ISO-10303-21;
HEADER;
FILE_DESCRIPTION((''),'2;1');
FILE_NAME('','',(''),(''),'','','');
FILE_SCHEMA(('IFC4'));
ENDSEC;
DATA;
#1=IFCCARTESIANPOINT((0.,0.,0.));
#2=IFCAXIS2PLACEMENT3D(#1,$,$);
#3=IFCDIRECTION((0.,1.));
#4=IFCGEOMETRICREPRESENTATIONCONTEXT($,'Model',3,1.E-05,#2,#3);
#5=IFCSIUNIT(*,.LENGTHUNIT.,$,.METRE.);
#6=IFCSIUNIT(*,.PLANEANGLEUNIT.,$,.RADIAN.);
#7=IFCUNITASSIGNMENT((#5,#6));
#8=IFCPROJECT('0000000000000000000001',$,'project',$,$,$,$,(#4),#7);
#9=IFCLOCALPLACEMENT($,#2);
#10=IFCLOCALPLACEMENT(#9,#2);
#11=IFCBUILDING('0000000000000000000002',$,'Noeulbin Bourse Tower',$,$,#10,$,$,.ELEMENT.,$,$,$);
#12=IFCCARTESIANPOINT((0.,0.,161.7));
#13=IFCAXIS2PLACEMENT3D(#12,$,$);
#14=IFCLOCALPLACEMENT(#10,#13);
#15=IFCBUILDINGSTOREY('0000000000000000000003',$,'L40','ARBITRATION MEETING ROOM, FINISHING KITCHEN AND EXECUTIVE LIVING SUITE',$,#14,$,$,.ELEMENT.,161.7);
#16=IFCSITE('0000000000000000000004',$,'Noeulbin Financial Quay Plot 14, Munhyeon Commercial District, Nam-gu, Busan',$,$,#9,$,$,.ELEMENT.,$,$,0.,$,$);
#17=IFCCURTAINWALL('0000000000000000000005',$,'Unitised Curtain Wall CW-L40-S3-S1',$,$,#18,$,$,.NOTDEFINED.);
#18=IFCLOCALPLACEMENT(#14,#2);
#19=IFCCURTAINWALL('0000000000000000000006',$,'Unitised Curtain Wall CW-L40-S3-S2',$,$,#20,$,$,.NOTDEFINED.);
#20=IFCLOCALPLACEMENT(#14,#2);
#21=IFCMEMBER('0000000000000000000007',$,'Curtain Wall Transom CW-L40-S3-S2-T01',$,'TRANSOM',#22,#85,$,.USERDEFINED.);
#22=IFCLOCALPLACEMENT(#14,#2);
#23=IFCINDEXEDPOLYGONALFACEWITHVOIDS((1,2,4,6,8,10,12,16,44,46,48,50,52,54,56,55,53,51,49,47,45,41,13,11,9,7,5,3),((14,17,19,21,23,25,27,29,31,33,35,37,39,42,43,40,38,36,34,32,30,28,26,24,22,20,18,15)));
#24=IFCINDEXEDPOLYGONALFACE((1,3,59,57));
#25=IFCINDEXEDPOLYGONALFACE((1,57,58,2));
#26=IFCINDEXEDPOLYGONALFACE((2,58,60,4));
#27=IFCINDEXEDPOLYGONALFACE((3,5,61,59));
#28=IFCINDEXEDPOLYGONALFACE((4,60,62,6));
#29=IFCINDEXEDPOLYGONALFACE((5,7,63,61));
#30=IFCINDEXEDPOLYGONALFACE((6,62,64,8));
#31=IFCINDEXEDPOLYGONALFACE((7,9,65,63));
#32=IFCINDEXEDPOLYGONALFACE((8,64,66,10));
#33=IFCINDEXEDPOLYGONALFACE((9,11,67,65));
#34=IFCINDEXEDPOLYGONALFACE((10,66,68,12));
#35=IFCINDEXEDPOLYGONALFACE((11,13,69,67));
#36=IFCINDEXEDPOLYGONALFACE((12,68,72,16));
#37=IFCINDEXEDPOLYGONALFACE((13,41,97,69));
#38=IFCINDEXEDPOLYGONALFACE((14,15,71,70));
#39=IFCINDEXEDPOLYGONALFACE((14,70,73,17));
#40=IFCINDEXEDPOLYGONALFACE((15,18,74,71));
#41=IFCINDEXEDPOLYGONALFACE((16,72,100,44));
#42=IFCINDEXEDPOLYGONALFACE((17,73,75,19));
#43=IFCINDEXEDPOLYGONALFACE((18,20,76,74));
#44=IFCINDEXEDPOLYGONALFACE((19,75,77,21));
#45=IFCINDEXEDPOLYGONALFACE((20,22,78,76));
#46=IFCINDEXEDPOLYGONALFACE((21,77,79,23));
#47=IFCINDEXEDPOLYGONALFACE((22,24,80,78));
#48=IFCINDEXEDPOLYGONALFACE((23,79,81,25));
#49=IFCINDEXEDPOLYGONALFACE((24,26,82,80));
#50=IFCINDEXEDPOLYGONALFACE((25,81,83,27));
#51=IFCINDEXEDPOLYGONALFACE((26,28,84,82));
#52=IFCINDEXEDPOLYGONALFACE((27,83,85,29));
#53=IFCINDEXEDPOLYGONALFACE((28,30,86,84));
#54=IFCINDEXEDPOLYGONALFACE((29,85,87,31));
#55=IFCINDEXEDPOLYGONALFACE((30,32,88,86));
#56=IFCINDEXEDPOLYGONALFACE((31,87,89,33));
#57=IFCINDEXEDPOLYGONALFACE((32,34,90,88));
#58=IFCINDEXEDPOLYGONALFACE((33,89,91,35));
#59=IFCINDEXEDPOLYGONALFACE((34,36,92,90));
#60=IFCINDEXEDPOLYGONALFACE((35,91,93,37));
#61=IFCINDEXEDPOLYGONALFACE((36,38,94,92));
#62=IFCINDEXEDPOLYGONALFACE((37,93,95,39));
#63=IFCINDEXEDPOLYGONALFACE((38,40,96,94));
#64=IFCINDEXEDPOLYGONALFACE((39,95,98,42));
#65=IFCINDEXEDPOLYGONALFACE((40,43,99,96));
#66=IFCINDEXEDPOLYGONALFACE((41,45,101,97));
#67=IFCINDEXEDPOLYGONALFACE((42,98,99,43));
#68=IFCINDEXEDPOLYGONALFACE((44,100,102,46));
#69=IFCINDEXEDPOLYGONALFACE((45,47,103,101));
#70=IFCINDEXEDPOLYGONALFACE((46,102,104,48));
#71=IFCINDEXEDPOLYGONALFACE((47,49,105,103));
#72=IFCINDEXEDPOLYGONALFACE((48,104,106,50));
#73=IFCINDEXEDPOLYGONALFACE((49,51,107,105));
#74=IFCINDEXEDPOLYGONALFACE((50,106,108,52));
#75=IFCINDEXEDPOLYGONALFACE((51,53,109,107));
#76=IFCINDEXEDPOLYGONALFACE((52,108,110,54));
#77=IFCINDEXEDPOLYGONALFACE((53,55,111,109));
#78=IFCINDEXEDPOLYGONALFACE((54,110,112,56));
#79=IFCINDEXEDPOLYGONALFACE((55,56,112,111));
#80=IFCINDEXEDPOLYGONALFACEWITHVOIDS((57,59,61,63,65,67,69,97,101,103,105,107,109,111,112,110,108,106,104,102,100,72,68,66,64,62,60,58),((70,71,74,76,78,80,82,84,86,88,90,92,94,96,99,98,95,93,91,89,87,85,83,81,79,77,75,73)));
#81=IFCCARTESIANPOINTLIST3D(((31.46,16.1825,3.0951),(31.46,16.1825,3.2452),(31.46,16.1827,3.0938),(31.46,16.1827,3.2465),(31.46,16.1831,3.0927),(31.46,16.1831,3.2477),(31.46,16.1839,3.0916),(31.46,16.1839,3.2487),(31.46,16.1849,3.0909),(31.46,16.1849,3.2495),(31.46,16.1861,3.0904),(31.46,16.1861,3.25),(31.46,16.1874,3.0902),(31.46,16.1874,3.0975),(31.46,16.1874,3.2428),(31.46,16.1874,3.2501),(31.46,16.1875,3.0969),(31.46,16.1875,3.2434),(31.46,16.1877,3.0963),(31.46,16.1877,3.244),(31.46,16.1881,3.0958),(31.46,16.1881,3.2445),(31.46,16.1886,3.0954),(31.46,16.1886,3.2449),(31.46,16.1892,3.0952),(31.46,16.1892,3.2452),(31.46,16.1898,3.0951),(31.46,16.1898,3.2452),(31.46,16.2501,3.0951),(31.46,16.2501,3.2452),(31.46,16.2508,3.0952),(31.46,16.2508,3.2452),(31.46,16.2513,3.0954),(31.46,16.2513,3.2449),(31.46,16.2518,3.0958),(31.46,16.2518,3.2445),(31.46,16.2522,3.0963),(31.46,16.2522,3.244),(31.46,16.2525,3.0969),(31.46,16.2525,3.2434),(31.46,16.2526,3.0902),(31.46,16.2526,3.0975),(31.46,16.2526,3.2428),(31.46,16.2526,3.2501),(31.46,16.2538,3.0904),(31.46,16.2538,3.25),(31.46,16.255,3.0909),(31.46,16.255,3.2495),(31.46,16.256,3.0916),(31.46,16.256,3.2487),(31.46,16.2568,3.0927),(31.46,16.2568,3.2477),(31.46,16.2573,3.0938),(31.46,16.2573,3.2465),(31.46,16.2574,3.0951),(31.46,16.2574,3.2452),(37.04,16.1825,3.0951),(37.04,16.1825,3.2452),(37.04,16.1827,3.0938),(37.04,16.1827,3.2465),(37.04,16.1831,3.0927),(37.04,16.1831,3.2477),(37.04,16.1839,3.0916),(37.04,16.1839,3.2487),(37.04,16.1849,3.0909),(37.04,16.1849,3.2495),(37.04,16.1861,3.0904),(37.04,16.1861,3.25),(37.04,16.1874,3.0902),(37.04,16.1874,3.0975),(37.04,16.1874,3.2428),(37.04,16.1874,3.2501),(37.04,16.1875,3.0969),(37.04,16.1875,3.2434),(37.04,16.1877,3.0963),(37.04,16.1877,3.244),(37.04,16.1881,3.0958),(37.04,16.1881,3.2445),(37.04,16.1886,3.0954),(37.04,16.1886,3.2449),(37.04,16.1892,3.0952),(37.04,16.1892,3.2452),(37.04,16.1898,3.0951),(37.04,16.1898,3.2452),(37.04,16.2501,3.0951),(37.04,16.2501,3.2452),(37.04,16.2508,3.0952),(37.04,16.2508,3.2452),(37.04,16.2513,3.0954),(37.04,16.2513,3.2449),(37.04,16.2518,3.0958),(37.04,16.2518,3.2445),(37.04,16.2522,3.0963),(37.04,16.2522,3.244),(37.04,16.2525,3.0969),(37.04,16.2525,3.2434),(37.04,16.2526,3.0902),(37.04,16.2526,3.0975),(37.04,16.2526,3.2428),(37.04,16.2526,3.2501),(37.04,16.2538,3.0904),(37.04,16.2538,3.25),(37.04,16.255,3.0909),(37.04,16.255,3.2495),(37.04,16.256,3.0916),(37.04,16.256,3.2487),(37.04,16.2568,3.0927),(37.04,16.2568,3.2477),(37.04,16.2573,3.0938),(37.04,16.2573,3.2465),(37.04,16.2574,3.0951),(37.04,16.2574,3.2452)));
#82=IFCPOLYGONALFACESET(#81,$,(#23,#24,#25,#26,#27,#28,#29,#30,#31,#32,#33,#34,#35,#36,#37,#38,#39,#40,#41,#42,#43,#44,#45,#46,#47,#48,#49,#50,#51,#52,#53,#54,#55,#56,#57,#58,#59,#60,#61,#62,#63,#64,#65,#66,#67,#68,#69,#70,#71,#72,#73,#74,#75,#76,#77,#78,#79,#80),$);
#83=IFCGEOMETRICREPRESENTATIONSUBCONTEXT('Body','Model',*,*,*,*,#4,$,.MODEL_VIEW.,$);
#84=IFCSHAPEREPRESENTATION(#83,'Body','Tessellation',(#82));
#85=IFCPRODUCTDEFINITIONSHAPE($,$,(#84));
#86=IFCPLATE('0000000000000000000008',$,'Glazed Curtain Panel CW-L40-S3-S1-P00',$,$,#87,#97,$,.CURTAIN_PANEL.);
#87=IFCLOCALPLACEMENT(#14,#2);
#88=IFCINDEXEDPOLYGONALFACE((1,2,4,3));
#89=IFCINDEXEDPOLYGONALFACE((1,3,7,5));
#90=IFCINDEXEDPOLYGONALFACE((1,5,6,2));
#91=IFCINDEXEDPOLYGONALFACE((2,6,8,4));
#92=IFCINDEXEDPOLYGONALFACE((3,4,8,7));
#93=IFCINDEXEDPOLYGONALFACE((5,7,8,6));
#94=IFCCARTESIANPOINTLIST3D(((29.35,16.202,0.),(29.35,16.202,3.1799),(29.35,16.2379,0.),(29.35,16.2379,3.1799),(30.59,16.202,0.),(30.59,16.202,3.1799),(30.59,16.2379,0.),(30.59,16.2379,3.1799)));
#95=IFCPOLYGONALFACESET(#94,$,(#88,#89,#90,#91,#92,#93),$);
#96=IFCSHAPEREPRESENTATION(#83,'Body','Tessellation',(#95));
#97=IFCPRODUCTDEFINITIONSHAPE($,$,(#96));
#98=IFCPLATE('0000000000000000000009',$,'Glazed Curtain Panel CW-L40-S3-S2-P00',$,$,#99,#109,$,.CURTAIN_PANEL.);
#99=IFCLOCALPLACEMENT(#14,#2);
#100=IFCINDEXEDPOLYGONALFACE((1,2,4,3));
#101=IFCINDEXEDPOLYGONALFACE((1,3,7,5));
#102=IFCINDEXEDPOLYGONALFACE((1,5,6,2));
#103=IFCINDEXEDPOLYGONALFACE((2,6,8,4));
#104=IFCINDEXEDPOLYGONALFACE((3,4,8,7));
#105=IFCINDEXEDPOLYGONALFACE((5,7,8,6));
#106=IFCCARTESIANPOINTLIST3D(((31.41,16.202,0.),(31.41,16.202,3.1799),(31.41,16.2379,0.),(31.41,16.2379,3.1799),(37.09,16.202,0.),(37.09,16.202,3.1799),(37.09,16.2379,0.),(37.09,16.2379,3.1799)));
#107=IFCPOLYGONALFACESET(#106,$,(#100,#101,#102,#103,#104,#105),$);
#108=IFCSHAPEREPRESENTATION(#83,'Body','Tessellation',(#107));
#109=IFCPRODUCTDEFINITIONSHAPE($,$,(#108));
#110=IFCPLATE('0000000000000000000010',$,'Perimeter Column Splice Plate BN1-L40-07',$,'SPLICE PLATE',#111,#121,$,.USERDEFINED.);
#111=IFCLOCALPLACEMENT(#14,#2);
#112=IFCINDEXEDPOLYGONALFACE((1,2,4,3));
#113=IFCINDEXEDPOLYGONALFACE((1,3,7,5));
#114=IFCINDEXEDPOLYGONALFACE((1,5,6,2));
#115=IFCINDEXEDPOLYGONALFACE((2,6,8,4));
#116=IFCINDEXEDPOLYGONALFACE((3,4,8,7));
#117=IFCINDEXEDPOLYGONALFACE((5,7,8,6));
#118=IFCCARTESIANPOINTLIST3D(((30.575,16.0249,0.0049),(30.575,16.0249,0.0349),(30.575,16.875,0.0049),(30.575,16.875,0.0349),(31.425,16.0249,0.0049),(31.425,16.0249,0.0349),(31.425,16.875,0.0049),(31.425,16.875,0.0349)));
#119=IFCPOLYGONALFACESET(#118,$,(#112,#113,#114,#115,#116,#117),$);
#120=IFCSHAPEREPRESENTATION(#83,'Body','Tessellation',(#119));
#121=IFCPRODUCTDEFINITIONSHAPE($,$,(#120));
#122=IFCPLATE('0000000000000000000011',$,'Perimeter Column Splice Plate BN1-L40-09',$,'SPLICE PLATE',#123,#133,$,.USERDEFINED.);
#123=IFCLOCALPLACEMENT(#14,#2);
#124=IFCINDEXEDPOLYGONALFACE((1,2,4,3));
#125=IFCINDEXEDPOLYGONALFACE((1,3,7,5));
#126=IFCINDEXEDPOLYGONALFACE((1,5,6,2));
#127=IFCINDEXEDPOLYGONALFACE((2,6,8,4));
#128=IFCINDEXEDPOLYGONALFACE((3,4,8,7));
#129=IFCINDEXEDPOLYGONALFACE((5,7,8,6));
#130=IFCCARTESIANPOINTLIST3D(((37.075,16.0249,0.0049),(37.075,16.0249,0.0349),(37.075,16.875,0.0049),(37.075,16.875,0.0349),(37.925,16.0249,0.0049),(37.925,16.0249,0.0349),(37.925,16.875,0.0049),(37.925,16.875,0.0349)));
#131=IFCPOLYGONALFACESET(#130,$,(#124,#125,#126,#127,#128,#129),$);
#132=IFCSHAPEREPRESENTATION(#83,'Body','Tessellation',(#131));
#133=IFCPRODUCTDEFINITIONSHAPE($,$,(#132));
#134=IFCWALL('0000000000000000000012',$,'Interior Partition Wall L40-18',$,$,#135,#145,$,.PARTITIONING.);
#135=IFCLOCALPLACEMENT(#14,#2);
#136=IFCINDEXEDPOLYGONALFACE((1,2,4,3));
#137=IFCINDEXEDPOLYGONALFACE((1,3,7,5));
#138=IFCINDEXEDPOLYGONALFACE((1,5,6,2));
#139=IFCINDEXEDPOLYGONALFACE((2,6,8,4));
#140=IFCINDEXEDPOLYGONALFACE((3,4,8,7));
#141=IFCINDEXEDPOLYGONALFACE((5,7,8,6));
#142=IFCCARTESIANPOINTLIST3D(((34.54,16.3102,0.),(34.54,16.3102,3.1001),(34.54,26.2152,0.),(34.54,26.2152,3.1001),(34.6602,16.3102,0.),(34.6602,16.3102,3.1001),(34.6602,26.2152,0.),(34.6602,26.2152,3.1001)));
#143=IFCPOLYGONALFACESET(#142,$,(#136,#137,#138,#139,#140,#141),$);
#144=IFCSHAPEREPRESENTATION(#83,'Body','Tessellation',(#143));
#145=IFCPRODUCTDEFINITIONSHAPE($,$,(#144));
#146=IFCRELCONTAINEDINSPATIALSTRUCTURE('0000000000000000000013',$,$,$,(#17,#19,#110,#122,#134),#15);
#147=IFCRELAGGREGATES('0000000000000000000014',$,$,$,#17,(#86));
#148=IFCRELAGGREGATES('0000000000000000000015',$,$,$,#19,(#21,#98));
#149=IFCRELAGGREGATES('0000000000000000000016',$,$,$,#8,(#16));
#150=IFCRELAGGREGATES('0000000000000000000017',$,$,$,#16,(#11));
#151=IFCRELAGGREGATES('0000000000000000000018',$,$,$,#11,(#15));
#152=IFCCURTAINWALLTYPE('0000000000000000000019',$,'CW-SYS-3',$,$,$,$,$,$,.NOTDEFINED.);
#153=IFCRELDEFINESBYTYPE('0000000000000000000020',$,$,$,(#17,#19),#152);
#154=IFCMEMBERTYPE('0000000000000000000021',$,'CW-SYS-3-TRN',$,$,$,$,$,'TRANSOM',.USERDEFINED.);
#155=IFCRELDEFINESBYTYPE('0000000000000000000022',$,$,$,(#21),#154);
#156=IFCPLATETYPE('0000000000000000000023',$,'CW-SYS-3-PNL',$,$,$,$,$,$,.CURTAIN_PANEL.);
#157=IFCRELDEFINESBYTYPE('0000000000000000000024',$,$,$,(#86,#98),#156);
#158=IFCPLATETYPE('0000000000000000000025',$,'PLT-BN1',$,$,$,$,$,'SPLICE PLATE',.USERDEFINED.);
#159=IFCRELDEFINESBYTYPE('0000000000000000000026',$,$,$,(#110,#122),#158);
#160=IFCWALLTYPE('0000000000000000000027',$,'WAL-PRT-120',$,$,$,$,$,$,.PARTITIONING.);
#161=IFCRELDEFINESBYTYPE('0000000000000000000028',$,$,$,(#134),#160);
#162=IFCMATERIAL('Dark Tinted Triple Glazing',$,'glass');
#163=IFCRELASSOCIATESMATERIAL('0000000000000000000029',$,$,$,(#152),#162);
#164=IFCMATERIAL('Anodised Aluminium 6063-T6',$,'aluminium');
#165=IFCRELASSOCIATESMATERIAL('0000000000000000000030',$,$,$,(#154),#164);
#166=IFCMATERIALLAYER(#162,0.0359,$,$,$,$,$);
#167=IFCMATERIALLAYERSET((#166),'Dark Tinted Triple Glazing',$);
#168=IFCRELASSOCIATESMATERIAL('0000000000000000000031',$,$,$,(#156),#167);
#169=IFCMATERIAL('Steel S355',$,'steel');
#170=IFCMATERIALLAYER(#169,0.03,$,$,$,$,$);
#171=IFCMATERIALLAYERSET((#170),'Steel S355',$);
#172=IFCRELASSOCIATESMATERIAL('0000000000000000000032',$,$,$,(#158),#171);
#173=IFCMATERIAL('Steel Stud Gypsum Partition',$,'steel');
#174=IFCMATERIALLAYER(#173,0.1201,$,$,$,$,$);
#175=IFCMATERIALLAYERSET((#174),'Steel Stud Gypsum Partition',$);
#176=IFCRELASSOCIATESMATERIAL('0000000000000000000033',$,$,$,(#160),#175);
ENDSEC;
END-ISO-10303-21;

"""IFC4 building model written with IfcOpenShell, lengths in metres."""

from ifc_helpers import new_model, si_unit, direction, frame, frame_2d, origin, origin_2d, place, context, subcontext, project, spatial, rectangle, hollow_rectangle, extrude, material, layer, layer_set, material_profile, profile_set, type_object, element, aggregate, save


model = new_model("IFC4")

# Units and contexts
model_context = context("Model", 3, precision=1e-05, world=origin(), true_north=direction((0.0, 1.0)))
body_context = subcontext(model_context, "Body", "Model", "MODEL_VIEW")
ifc_project = project(units=[si_unit("LENGTHUNIT", "METRE"), si_unit("PLANEANGLEUNIT", "RADIAN")], contexts=[model_context])

# Site, building, storey
site_placement = place(None, origin())
site = spatial("IfcSite", under=ifc_project, at=site_placement, Name="Noeulbin Financial Quay Plot 14, Munhyeon Commercial District, Nam-gu, Busan", CompositionType="ELEMENT", RefElevation=0.0)
building_placement = place(site_placement, origin())
building = spatial("IfcBuilding", under=site, at=building_placement, Name="Noeulbin Bourse Tower", CompositionType="ELEMENT")
storey_placement = place(building_placement, frame((0.0, 0.0, 161.7)))
storey = spatial("IfcBuildingStorey", under=building, at=storey_placement, Name="L40", Description="ARBITRATION MEETING ROOM, FINISHING KITCHEN AND EXECUTIVE LIVING SUITE", CompositionType="ELEMENT", Elevation=161.7)

# Shared definitions
ifc_material_1 = material(Name="Steel S355", Category="steel")

# Curtain walls
ifc_material_2 = material(Name="Dark Tinted Triple Glazing", Category="glass")
curtain_wall_type = type_object("IfcCurtainWallType", Name="CW-SYS-3", PredefinedType="NOTDEFINED", material=ifc_material_2)
curtain_wall_1_placement = place(storey_placement, origin())
curtain_wall_1 = element("IfcCurtainWall", 1, at=curtain_wall_1_placement, inside=storey, type_object=curtain_wall_type, Name="Unitised Curtain Wall CW-L40-S3-S1", PredefinedType="NOTDEFINED")
ifc_material_3 = material(Name="Anodised Aluminium 6063-T6", Category="aluminium")
curtain_wall_2_placement = place(storey_placement, origin())
curtain_wall_2 = element("IfcCurtainWall", 2, at=curtain_wall_2_placement, inside=storey, type_object=curtain_wall_type, Name="Unitised Curtain Wall CW-L40-S3-S2", PredefinedType="NOTDEFINED")

# Member
ifc_material_profile_1 = material_profile(ifc_material_3, hollow_rectangle(XDim=0.075, YDim=0.1599, WallThickness=0.0049, InnerFilletRadius=0.0024, OuterFilletRadius=0.0049, at=origin_2d()), Name="ALU-TRAN-75x160x5", Category="LoadBearing")
ifc_profile_set_1 = profile_set([ifc_material_profile_1], Name="Anodised Aluminium 6063-T6")
member_type_1 = type_object("IfcMemberType", Name="CW-SYS-3-TRN", ElementType="TRANSOM", PredefinedType="USERDEFINED", material=ifc_profile_set_1)
member_1_placement = place(storey_placement, frame((31.46, 16.22, 3.1702), z_axis=(1.0, 0.0, 0.0), x_axis=(0.0, 1.0, 0.0)))
member_1 = element("IfcMember", 3, at=member_1_placement, type_object=member_type_1, Name="Curtain Wall Transom CW-L40-S3-S2-T01", ObjectType="TRANSOM", PredefinedType="USERDEFINED", context=body_context, shape_type="SweptSolid", body=[
    extrude(hollow_rectangle(XDim=0.075, YDim=0.1599, WallThickness=0.0049, InnerFilletRadius=0.0024, OuterFilletRadius=0.0049, at=origin_2d()), origin(), (0.0, 0.0, 1.0), 5.5801),
])

# Plates
ifc_layer_1 = layer(ifc_material_2, 0.0359)
ifc_layer_set_1 = layer_set([ifc_layer_1], Name="Dark Tinted Triple Glazing")
plate_type_1 = type_object("IfcPlateType", Name="CW-SYS-3-PNL", PredefinedType="CURTAIN_PANEL", material=ifc_layer_set_1)
plate_1_placement = place(storey_placement, frame((29.97, 16.22, 0.0), z_axis=(0.0, 0.0, 1.0), x_axis=(1.0, 0.0, 0.0)))
plate_1 = element("IfcPlate", 4, at=plate_1_placement, type_object=plate_type_1, Name="Glazed Curtain Panel CW-L40-S3-S1-P00", PredefinedType="CURTAIN_PANEL", context=body_context, shape_type="SweptSolid", body=[
    extrude(rectangle(XDim=1.24, YDim=0.0359, at=origin_2d()), origin(), (0.0, 0.0, 1.0), 3.1799),
])
aggregate(curtain_wall_1, [plate_1])
plate_2_placement = place(storey_placement, frame((34.25, 16.22, 0.0), z_axis=(0.0, 0.0, 1.0), x_axis=(1.0, 0.0, 0.0)))
plate_2 = element("IfcPlate", 5, at=plate_2_placement, type_object=plate_type_1, Name="Glazed Curtain Panel CW-L40-S3-S2-P00", PredefinedType="CURTAIN_PANEL", context=body_context, shape_type="SweptSolid", body=[
    extrude(rectangle(XDim=5.6799, YDim=0.0359, at=origin_2d()), origin(), (0.0, 0.0, 1.0), 3.1799),
])
aggregate(curtain_wall_2, [member_1, plate_2])

# Plates
ifc_layer_2 = layer(ifc_material_1, 0.03)
ifc_layer_set_2 = layer_set([ifc_layer_2], Name="Steel S355")
plate_type_2 = type_object("IfcPlateType", Name="PLT-BN1", ElementType="SPLICE PLATE", PredefinedType="USERDEFINED", material=ifc_layer_set_2)
for number, where, z_axis, x_axis, name in (
    (6, (31.0, 16.45, 0.0049), (0.0, 0.0, 1.0), (1.0, 0.0, 0.0), "Perimeter Column Splice Plate BN1-L40-07"),
    (7, (37.5, 16.45, 0.0049), (0.0, 0.0, 1.0), (1.0, 0.0, 0.0), "Perimeter Column Splice Plate BN1-L40-09"),
):
    element("IfcPlate", number, at=place(storey_placement, frame(where, z_axis=z_axis, x_axis=x_axis)), inside=storey, type_object=plate_type_2, Name=name, ObjectType="SPLICE PLATE", PredefinedType="USERDEFINED", context=body_context, shape_type="SweptSolid", body=[
        extrude(rectangle(XDim=0.8501, YDim=0.8501, at=origin_2d()), origin(), (0.0, 0.0, 1.0), 0.03),
    ])

# Wall
ifc_material_4 = material(Name="Steel Stud Gypsum Partition", Category="steel")
ifc_layer_3 = layer(ifc_material_4, 0.1201)
ifc_layer_set_3 = layer_set([ifc_layer_3], Name="Steel Stud Gypsum Partition")
wall_type = type_object("IfcWallType", Name="WAL-PRT-120", PredefinedType="PARTITIONING", material=ifc_layer_set_3)
wall_placement = place(storey_placement, frame((34.6001, 16.3101, 0.0), z_axis=(0.0, 0.0, 1.0), x_axis=(0.0, 1.0, 0.0)))
element("IfcWall", 8, at=wall_placement, inside=storey, type_object=wall_type, Name="Interior Partition Wall L40-18", PredefinedType="PARTITIONING", context=body_context, shape_type="SweptSolid", body=[
    extrude(rectangle(XDim=9.905, YDim=0.1201, at=frame_2d((4.9526, 0.0))), origin(), (0.0, 0.0, 1.0), 3.1001),
])

save(model, "model.ifc")
